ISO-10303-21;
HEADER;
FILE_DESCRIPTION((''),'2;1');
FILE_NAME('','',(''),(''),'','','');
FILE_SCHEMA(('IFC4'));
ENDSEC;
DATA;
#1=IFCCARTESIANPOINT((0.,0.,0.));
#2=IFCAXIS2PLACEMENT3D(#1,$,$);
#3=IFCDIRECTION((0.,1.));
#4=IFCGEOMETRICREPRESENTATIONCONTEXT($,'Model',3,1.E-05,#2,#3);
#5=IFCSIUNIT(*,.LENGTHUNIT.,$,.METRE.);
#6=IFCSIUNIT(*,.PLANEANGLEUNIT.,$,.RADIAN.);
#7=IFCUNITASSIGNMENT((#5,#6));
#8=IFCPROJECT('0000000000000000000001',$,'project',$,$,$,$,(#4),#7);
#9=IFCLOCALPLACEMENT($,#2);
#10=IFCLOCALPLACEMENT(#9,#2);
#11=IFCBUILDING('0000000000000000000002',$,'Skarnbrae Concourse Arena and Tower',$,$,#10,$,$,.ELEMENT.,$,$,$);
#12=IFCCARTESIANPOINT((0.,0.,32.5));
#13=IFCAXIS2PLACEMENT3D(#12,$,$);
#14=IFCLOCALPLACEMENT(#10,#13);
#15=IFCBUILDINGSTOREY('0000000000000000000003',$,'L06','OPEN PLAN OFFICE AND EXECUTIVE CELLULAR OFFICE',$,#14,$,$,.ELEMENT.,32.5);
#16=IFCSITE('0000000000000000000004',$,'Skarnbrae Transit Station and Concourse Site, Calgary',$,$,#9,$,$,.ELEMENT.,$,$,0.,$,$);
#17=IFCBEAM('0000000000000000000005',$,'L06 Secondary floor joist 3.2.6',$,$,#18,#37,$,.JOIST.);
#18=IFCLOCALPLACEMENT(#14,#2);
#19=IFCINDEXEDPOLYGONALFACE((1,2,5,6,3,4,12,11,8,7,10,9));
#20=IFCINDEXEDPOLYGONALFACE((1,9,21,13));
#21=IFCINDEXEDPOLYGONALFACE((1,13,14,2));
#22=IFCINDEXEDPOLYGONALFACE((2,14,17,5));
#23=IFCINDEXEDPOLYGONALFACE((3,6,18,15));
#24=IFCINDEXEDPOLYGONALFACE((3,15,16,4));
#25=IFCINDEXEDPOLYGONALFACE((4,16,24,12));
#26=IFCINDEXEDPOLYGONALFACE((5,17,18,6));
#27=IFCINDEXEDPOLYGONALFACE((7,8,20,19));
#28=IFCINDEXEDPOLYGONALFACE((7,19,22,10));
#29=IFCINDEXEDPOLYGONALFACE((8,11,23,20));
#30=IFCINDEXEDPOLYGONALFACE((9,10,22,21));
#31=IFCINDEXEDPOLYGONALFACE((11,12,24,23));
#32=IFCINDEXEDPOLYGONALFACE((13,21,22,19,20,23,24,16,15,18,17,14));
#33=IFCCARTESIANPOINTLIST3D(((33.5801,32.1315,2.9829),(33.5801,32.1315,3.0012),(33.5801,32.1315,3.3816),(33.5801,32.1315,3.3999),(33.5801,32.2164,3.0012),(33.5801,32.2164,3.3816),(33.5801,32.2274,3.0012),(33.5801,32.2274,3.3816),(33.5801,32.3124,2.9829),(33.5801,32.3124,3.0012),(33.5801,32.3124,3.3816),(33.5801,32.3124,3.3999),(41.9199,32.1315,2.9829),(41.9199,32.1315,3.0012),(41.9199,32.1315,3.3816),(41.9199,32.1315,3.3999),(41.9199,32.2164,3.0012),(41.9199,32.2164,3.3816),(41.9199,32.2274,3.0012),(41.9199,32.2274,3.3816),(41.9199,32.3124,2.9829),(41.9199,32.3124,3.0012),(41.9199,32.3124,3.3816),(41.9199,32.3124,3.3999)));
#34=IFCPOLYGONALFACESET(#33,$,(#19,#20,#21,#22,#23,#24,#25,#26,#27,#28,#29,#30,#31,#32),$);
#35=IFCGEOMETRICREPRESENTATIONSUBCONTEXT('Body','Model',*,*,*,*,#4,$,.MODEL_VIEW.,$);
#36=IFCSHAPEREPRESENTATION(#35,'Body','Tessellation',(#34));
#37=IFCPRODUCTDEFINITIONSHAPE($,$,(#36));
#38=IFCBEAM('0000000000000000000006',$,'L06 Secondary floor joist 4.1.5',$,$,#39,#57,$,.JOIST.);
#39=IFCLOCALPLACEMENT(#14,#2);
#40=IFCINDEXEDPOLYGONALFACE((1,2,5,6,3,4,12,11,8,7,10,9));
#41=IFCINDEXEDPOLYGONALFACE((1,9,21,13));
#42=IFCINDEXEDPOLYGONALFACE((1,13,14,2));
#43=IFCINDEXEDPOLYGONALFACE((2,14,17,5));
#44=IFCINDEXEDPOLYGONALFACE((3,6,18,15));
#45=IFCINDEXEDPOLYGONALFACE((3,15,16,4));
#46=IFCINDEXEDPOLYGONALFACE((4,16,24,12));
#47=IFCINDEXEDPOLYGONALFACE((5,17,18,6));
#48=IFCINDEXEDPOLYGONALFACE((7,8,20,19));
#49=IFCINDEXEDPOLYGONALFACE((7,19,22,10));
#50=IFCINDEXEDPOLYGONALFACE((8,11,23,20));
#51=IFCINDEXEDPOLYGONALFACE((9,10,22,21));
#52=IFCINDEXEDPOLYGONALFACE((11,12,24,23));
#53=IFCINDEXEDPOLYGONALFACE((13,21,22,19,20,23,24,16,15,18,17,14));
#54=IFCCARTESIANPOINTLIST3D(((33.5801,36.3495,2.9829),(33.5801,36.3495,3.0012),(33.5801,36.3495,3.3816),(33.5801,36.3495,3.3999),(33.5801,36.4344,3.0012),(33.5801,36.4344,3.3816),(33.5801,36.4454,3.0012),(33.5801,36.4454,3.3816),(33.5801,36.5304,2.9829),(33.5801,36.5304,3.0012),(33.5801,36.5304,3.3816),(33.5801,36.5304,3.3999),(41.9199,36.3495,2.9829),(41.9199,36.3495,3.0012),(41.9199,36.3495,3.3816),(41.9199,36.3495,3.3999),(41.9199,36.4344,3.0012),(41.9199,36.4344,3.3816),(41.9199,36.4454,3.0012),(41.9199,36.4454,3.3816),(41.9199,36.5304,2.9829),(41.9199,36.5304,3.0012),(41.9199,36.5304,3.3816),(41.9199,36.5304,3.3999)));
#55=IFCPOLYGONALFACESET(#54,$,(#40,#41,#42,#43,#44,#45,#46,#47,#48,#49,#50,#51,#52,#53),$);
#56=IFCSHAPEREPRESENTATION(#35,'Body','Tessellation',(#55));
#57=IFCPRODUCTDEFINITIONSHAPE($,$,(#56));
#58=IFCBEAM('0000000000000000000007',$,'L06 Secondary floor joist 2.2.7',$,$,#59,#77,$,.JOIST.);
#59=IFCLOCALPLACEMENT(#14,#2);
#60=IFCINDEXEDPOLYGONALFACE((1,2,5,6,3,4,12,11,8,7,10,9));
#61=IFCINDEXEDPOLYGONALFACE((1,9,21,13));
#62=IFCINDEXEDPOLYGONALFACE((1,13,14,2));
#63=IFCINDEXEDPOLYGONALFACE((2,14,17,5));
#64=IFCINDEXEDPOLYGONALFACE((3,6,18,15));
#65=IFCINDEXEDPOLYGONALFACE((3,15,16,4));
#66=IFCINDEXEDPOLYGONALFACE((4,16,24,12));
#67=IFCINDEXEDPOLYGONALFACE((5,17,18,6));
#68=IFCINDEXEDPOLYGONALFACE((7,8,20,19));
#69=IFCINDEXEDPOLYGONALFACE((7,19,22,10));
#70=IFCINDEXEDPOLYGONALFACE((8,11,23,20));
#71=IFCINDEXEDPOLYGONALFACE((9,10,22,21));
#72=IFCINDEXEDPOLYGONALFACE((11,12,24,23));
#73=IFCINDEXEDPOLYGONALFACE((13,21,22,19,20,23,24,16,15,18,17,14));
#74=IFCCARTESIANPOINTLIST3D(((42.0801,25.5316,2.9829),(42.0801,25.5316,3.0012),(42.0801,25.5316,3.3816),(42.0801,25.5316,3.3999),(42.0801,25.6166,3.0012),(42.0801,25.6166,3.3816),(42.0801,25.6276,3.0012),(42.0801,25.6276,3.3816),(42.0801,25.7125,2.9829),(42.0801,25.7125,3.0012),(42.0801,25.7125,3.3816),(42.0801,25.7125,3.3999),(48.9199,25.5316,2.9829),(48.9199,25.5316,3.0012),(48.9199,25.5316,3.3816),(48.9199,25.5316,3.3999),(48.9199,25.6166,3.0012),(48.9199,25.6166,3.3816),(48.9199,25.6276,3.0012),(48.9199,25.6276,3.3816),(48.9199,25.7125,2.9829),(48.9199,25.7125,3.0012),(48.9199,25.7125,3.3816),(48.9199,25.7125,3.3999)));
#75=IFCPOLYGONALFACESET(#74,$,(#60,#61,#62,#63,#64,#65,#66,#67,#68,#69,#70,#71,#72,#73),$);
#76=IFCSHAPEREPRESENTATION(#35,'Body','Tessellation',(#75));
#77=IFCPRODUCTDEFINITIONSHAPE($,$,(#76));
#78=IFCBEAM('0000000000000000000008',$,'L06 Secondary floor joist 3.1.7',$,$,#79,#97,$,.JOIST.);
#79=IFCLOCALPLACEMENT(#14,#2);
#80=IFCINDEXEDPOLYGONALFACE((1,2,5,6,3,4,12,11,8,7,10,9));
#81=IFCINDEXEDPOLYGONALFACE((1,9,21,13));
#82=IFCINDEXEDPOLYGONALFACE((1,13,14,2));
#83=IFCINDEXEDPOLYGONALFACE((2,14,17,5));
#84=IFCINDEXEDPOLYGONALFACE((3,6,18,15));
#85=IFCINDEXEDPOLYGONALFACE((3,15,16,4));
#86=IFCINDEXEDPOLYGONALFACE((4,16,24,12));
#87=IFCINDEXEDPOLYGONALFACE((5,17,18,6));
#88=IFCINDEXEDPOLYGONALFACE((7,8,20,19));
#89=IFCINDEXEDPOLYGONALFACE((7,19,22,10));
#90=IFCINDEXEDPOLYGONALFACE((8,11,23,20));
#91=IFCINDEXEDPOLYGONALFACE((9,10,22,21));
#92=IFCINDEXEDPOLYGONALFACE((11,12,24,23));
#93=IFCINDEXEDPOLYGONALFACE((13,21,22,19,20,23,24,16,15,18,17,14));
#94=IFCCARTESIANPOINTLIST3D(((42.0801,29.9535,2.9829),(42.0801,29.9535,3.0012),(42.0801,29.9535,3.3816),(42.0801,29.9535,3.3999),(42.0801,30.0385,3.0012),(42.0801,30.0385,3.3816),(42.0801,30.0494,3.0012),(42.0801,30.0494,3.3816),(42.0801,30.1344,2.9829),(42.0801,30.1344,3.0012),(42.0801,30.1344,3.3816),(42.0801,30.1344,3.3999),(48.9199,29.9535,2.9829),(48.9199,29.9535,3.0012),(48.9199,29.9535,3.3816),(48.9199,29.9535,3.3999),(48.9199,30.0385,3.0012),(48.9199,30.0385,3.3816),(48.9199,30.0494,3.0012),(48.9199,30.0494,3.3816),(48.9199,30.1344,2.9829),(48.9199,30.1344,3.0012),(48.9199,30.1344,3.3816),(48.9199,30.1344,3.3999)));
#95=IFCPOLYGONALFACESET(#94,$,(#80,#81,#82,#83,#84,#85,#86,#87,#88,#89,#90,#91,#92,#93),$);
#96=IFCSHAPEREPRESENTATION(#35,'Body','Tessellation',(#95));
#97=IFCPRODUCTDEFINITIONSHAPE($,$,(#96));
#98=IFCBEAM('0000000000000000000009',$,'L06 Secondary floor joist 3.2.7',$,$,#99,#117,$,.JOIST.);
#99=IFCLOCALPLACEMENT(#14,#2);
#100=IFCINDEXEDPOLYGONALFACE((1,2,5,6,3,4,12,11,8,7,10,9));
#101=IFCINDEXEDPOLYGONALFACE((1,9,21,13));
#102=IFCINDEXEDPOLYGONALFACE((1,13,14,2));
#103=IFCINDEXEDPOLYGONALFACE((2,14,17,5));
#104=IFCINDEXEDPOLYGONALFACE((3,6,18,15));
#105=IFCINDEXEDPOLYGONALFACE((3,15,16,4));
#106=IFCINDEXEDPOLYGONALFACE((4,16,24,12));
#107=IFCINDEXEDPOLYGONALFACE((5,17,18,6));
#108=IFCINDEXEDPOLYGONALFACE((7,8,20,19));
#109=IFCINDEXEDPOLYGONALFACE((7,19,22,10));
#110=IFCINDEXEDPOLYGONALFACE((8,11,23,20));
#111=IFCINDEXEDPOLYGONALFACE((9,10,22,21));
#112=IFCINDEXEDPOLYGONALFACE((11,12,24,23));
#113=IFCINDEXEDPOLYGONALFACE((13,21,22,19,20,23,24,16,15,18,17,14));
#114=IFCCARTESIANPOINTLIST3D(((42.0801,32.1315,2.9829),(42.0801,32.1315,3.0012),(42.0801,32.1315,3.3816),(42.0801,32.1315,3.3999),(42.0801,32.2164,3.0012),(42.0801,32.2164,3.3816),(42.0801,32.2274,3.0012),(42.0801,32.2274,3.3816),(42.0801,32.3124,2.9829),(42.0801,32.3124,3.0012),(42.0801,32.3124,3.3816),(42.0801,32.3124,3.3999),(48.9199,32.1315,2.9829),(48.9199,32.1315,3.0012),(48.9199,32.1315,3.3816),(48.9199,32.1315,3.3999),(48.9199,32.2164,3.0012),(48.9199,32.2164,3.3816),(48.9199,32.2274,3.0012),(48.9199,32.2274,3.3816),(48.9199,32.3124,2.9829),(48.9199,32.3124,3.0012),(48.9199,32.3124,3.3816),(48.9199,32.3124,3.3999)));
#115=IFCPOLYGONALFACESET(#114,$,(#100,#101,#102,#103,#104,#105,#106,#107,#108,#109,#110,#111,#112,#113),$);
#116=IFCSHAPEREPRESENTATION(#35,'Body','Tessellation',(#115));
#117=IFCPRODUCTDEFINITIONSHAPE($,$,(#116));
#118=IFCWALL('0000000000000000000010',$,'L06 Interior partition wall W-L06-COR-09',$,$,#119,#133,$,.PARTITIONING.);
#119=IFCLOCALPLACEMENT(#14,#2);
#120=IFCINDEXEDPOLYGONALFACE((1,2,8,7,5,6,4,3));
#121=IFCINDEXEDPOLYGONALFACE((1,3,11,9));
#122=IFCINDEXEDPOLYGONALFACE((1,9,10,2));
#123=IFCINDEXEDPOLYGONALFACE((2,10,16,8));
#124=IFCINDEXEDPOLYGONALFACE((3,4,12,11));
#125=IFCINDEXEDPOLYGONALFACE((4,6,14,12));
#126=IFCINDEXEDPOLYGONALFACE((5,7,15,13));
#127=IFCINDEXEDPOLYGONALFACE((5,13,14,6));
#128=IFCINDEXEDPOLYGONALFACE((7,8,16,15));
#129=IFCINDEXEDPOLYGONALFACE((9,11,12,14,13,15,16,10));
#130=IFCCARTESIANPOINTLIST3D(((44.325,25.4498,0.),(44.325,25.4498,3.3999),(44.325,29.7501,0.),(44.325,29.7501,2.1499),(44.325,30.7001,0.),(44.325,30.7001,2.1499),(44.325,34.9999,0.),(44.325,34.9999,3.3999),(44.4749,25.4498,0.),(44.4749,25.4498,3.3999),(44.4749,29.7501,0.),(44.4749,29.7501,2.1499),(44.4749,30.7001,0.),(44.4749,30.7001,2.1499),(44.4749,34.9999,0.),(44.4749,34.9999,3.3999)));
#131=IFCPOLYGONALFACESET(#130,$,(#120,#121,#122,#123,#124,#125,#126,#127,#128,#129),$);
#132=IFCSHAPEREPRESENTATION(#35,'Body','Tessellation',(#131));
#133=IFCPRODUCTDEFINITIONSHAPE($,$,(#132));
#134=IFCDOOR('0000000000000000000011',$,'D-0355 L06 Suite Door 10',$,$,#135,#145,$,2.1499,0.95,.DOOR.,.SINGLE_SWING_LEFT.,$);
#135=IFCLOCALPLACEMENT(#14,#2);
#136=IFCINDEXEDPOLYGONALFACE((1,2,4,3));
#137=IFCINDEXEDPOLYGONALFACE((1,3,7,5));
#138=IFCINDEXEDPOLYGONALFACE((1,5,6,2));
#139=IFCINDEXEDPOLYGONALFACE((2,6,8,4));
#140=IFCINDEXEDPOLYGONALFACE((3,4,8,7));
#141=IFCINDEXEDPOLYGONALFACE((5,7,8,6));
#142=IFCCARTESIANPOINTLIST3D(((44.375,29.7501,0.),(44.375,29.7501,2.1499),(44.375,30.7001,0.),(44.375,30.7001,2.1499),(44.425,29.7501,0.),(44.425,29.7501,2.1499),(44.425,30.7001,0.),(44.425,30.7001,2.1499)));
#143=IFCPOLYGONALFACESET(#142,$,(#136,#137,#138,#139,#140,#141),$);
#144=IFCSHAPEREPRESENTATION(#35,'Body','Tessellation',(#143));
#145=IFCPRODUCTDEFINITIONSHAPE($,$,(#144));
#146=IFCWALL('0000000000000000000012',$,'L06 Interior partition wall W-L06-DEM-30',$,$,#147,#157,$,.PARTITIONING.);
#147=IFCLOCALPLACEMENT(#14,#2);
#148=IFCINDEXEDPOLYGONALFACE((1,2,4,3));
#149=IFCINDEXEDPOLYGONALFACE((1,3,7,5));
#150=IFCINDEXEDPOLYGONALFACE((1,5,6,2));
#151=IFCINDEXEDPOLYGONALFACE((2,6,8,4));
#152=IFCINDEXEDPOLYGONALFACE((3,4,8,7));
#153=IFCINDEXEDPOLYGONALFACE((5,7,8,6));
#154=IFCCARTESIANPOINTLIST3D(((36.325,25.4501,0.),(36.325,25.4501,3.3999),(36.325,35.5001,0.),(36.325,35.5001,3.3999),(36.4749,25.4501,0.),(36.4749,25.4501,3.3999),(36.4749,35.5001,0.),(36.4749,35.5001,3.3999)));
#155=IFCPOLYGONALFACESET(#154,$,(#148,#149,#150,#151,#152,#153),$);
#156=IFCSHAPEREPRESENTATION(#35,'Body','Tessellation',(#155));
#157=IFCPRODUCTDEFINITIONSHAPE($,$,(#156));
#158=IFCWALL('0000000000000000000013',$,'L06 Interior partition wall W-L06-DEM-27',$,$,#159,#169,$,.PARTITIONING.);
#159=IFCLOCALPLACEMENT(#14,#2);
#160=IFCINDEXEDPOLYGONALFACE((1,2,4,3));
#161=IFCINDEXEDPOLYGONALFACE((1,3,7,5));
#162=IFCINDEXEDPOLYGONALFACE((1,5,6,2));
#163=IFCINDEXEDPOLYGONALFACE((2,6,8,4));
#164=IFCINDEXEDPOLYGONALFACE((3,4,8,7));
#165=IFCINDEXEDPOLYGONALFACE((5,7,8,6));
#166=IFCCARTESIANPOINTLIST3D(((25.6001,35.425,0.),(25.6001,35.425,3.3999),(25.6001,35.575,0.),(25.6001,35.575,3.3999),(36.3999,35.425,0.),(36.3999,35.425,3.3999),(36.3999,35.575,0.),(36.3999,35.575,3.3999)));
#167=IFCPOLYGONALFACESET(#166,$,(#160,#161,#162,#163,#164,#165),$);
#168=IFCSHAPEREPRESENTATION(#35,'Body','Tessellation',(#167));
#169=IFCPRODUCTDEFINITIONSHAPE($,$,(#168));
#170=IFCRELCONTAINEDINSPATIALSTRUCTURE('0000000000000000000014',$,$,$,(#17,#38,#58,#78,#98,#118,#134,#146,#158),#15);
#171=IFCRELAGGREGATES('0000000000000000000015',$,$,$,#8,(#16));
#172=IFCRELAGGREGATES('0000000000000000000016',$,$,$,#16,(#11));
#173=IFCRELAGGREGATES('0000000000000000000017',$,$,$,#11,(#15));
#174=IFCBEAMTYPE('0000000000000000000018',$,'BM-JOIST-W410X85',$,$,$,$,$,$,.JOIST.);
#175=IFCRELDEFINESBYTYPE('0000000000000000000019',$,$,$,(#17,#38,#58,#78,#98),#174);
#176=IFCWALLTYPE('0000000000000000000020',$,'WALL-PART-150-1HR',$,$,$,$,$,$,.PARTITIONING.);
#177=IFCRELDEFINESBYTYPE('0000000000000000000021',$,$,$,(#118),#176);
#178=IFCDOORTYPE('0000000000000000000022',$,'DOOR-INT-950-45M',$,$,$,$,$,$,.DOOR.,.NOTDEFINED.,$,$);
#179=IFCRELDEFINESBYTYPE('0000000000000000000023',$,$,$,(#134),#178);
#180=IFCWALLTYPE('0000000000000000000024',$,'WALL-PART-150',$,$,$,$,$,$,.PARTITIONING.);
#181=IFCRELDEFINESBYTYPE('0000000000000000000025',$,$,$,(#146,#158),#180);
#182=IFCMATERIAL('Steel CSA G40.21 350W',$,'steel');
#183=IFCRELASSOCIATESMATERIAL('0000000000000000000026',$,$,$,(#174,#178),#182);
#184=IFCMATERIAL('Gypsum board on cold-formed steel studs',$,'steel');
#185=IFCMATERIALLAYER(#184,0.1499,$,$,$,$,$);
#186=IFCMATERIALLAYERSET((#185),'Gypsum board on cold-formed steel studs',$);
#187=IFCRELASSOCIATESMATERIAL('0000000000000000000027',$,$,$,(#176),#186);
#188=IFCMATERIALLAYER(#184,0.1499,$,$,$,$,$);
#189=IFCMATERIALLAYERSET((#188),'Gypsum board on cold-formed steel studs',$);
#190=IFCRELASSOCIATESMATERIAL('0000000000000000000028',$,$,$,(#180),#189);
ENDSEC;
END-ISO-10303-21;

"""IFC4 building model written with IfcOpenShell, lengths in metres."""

from ifc_helpers import new_model, si_unit, direction, frame, frame_2d, origin, origin_2d, place, context, subcontext, project, spatial, rectangle, i_section, extrude, source, transform, mapped, material, layer, layer_set, material_profile, profile_set, type_object, element, fill, save


model = new_model("IFC4")

# Units and contexts
model_context = context("Model", 3, precision=1e-05, world=origin(), true_north=direction((0.0, 1.0)))
body_context = subcontext(model_context, "Body", "Model", "MODEL_VIEW")
ifc_project = project(units=[si_unit("LENGTHUNIT", "METRE"), si_unit("PLANEANGLEUNIT", "RADIAN")], contexts=[model_context])

# Site, building, storey
site_placement = place(None, origin())
site = spatial("IfcSite", under=ifc_project, at=site_placement, Name="Skarnbrae Transit Station and Concourse Site, Calgary", CompositionType="ELEMENT", RefElevation=0.0)
building_placement = place(site_placement, origin())
building = spatial("IfcBuilding", under=site, at=building_placement, Name="Skarnbrae Concourse Arena and Tower", CompositionType="ELEMENT")
storey_placement = place(building_placement, frame((0.0, 0.0, 32.5)))
storey = spatial("IfcBuildingStorey", under=building, at=storey_placement, Name="L06", Description="OPEN PLAN OFFICE AND EXECUTIVE CELLULAR OFFICE", CompositionType="ELEMENT", Elevation=32.5)

# Shared definitions
ifc_material_1 = material(Name="Steel CSA G40.21 350W", Category="steel")

# Beams
ifc_material_profile_1 = material_profile(ifc_material_1, i_section(OverallWidth=0.1809, OverallDepth=0.417, WebThickness=0.011, FlangeThickness=0.0183, at=origin_2d()), Name="W410X85")
ifc_profile_set_1 = profile_set([ifc_material_profile_1], Name="Steel CSA G40.21 350W")
beam_type_1 = type_object("IfcBeamType", Name="BM-JOIST-W410X85", PredefinedType="JOIST", material=ifc_profile_set_1)
shared_shape_1 = source(origin(), body_context, "Body", "SweptSolid", [
    extrude(i_section(OverallWidth=0.1809, OverallDepth=0.417, WebThickness=0.011, FlangeThickness=0.0183, at=origin_2d()), origin(), (0.0, 0.0, 1.0), 8.3398),
])
for number, where, z_axis, x_axis, name in (
    (1, (33.5801, 32.2219, 3.1914), (1.0, 0.0, 0.0), (0.0, 1.0, 0.0), "L06 Secondary floor joist 3.2.6"),
    (2, (33.5801, 36.4399, 3.1914), (1.0, 0.0, 0.0), (0.0, 1.0, 0.0), "L06 Secondary floor joist 4.1.5"),
):
    element("IfcBeam", number, at=place(storey_placement, frame(where, z_axis=z_axis, x_axis=x_axis)), inside=storey, type_object=beam_type_1, Name=name, PredefinedType="JOIST", context=body_context, shape_type="MappedRepresentation", body=[
        mapped(shared_shape_1, transform((0.0, 0.0, 0.0))),
    ])
shared_shape_2 = source(origin(), body_context, "Body", "SweptSolid", [
    extrude(i_section(OverallWidth=0.1809, OverallDepth=0.417, WebThickness=0.011, FlangeThickness=0.0183, at=origin_2d()), origin(), (0.0, 0.0, 1.0), 6.8398),
])
for number, where, z_axis, x_axis, name in (
    (3, (42.0801, 25.6221, 3.1914), (1.0, 0.0, 0.0), (0.0, 1.0, 0.0), "L06 Secondary floor joist 2.2.7"),
    (4, (42.0801, 30.0439, 3.1914), (1.0, 0.0, 0.0), (0.0, 1.0, 0.0), "L06 Secondary floor joist 3.1.7"),
    (5, (42.0801, 32.2219, 3.1914), (1.0, 0.0, 0.0), (0.0, 1.0, 0.0), "L06 Secondary floor joist 3.2.7"),
):
    element("IfcBeam", number, at=place(storey_placement, frame(where, z_axis=z_axis, x_axis=x_axis)), inside=storey, type_object=beam_type_1, Name=name, PredefinedType="JOIST", context=body_context, shape_type="MappedRepresentation", body=[
        mapped(shared_shape_2, transform((0.0, 0.0, 0.0))),
    ])

# Wall, opening, door
ifc_material_2 = material(Name="Gypsum board on cold-formed steel studs", Category="steel")
ifc_layer_1 = layer(ifc_material_2, 0.1499)
ifc_layer_set_1 = layer_set([ifc_layer_1], Name="Gypsum board on cold-formed steel studs")
wall_type_1 = type_object("IfcWallType", Name="WALL-PART-150-1HR", PredefinedType="PARTITIONING", material=ifc_layer_set_1)
shared_shape_3 = source(origin(), body_context, "Body", "SweptSolid", [
    extrude(rectangle(XDim=9.55, YDim=0.1499, at=frame_2d((4.7749, 0.0))), origin(), (0.0, 0.0, 1.0), 3.3999),
])
wall_1_placement = place(storey_placement, frame((44.3999, 25.45, 0.0), z_axis=(0.0, 0.0, 1.0), x_axis=(0.0, 1.0, 0.0)))
wall_1 = element("IfcWall", 6, at=wall_1_placement, inside=storey, type_object=wall_type_1, Name="L06 Interior partition wall W-L06-COR-09", PredefinedType="PARTITIONING", context=body_context, shape_type="MappedRepresentation", body=[
    mapped(shared_shape_3, transform((0.0, 0.0, 0.0))),
])
opening_placement = place(wall_1_placement, frame((4.3, 0.0, 0.0)))
opening = element("IfcOpeningElement", 7, at=opening_placement, cuts=wall_1, PredefinedType="OPENING", context=body_context, shape_type="SweptSolid", body=[
    extrude(rectangle(XDim=0.95, YDim=2.1499, at=frame_2d((0.4751, 1.075))), frame((0.0, 0.085, 0.0), z_axis=(0.0, -1.0, 0.0), x_axis=(1.0, 0.0, 0.0)), (0.0, 0.0, 1.0), 0.1699),
])
door_type = type_object("IfcDoorType", Name="DOOR-INT-950-45M", OperationType="NOTDEFINED", PredefinedType="DOOR", material=ifc_material_1)
shared_shape_4 = source(origin(), body_context, "Body", "SweptSolid", [
    extrude(rectangle(XDim=0.95, YDim=2.1499, at=frame_2d((0.4751, 1.075))), frame((0.0, 0.0249, 0.0), z_axis=(0.0, -1.0, 0.0), x_axis=(1.0, 0.0, 0.0)), (0.0, 0.0, 1.0), 0.05),
])
door_placement = place(opening_placement, origin())
door = element("IfcDoor", 8, at=door_placement, inside=storey, type_object=door_type, Name="D-0355 L06 Suite Door 10", OperationType="SINGLE_SWING_LEFT", OverallHeight=2.1499, OverallWidth=0.95, PredefinedType="DOOR", context=body_context, shape_type="MappedRepresentation", body=[
    mapped(shared_shape_4, transform((0.0, 0.0, 0.0))),
])
fill(opening, door)

# Walls
ifc_layer_2 = layer(ifc_material_2, 0.1499)
ifc_layer_set_2 = layer_set([ifc_layer_2], Name="Gypsum board on cold-formed steel studs")
wall_type_2 = type_object("IfcWallType", Name="WALL-PART-150", PredefinedType="PARTITIONING", material=ifc_layer_set_2)
shared_shape_5 = source(origin(), body_context, "Body", "SweptSolid", [
    extrude(rectangle(XDim=10.05, YDim=0.1499, at=frame_2d((5.0249, 0.0))), origin(), (0.0, 0.0, 1.0), 3.3999),
])
wall_2_placement = place(storey_placement, frame((36.3999, 35.5, 0.0), z_axis=(0.0, 0.0, 1.0), x_axis=(0.0, -1.0, 0.0)))
element("IfcWall", 9, at=wall_2_placement, inside=storey, type_object=wall_type_2, Name="L06 Interior partition wall W-L06-DEM-30", PredefinedType="PARTITIONING", context=body_context, shape_type="MappedRepresentation", body=[
    mapped(shared_shape_5, transform((0.0, 0.0, 0.0))),
])
shared_shape_6 = source(origin(), body_context, "Body", "SweptSolid", [
    extrude(rectangle(XDim=10.7998, YDim=0.1499, at=frame_2d((5.3999, 0.0))), origin(), (0.0, 0.0, 1.0), 3.3999),
])
wall_3_placement = place(storey_placement, frame((36.3999, 35.5, 0.0), z_axis=(0.0, 0.0, 1.0), x_axis=(-1.0, 0.0, 0.0)))
element("IfcWall", 10, at=wall_3_placement, inside=storey, type_object=wall_type_2, Name="L06 Interior partition wall W-L06-DEM-27", PredefinedType="PARTITIONING", context=body_context, shape_type="MappedRepresentation", body=[
    mapped(shared_shape_6, transform((0.0, 0.0, 0.0))),
])

save(model, "model.ifc")
